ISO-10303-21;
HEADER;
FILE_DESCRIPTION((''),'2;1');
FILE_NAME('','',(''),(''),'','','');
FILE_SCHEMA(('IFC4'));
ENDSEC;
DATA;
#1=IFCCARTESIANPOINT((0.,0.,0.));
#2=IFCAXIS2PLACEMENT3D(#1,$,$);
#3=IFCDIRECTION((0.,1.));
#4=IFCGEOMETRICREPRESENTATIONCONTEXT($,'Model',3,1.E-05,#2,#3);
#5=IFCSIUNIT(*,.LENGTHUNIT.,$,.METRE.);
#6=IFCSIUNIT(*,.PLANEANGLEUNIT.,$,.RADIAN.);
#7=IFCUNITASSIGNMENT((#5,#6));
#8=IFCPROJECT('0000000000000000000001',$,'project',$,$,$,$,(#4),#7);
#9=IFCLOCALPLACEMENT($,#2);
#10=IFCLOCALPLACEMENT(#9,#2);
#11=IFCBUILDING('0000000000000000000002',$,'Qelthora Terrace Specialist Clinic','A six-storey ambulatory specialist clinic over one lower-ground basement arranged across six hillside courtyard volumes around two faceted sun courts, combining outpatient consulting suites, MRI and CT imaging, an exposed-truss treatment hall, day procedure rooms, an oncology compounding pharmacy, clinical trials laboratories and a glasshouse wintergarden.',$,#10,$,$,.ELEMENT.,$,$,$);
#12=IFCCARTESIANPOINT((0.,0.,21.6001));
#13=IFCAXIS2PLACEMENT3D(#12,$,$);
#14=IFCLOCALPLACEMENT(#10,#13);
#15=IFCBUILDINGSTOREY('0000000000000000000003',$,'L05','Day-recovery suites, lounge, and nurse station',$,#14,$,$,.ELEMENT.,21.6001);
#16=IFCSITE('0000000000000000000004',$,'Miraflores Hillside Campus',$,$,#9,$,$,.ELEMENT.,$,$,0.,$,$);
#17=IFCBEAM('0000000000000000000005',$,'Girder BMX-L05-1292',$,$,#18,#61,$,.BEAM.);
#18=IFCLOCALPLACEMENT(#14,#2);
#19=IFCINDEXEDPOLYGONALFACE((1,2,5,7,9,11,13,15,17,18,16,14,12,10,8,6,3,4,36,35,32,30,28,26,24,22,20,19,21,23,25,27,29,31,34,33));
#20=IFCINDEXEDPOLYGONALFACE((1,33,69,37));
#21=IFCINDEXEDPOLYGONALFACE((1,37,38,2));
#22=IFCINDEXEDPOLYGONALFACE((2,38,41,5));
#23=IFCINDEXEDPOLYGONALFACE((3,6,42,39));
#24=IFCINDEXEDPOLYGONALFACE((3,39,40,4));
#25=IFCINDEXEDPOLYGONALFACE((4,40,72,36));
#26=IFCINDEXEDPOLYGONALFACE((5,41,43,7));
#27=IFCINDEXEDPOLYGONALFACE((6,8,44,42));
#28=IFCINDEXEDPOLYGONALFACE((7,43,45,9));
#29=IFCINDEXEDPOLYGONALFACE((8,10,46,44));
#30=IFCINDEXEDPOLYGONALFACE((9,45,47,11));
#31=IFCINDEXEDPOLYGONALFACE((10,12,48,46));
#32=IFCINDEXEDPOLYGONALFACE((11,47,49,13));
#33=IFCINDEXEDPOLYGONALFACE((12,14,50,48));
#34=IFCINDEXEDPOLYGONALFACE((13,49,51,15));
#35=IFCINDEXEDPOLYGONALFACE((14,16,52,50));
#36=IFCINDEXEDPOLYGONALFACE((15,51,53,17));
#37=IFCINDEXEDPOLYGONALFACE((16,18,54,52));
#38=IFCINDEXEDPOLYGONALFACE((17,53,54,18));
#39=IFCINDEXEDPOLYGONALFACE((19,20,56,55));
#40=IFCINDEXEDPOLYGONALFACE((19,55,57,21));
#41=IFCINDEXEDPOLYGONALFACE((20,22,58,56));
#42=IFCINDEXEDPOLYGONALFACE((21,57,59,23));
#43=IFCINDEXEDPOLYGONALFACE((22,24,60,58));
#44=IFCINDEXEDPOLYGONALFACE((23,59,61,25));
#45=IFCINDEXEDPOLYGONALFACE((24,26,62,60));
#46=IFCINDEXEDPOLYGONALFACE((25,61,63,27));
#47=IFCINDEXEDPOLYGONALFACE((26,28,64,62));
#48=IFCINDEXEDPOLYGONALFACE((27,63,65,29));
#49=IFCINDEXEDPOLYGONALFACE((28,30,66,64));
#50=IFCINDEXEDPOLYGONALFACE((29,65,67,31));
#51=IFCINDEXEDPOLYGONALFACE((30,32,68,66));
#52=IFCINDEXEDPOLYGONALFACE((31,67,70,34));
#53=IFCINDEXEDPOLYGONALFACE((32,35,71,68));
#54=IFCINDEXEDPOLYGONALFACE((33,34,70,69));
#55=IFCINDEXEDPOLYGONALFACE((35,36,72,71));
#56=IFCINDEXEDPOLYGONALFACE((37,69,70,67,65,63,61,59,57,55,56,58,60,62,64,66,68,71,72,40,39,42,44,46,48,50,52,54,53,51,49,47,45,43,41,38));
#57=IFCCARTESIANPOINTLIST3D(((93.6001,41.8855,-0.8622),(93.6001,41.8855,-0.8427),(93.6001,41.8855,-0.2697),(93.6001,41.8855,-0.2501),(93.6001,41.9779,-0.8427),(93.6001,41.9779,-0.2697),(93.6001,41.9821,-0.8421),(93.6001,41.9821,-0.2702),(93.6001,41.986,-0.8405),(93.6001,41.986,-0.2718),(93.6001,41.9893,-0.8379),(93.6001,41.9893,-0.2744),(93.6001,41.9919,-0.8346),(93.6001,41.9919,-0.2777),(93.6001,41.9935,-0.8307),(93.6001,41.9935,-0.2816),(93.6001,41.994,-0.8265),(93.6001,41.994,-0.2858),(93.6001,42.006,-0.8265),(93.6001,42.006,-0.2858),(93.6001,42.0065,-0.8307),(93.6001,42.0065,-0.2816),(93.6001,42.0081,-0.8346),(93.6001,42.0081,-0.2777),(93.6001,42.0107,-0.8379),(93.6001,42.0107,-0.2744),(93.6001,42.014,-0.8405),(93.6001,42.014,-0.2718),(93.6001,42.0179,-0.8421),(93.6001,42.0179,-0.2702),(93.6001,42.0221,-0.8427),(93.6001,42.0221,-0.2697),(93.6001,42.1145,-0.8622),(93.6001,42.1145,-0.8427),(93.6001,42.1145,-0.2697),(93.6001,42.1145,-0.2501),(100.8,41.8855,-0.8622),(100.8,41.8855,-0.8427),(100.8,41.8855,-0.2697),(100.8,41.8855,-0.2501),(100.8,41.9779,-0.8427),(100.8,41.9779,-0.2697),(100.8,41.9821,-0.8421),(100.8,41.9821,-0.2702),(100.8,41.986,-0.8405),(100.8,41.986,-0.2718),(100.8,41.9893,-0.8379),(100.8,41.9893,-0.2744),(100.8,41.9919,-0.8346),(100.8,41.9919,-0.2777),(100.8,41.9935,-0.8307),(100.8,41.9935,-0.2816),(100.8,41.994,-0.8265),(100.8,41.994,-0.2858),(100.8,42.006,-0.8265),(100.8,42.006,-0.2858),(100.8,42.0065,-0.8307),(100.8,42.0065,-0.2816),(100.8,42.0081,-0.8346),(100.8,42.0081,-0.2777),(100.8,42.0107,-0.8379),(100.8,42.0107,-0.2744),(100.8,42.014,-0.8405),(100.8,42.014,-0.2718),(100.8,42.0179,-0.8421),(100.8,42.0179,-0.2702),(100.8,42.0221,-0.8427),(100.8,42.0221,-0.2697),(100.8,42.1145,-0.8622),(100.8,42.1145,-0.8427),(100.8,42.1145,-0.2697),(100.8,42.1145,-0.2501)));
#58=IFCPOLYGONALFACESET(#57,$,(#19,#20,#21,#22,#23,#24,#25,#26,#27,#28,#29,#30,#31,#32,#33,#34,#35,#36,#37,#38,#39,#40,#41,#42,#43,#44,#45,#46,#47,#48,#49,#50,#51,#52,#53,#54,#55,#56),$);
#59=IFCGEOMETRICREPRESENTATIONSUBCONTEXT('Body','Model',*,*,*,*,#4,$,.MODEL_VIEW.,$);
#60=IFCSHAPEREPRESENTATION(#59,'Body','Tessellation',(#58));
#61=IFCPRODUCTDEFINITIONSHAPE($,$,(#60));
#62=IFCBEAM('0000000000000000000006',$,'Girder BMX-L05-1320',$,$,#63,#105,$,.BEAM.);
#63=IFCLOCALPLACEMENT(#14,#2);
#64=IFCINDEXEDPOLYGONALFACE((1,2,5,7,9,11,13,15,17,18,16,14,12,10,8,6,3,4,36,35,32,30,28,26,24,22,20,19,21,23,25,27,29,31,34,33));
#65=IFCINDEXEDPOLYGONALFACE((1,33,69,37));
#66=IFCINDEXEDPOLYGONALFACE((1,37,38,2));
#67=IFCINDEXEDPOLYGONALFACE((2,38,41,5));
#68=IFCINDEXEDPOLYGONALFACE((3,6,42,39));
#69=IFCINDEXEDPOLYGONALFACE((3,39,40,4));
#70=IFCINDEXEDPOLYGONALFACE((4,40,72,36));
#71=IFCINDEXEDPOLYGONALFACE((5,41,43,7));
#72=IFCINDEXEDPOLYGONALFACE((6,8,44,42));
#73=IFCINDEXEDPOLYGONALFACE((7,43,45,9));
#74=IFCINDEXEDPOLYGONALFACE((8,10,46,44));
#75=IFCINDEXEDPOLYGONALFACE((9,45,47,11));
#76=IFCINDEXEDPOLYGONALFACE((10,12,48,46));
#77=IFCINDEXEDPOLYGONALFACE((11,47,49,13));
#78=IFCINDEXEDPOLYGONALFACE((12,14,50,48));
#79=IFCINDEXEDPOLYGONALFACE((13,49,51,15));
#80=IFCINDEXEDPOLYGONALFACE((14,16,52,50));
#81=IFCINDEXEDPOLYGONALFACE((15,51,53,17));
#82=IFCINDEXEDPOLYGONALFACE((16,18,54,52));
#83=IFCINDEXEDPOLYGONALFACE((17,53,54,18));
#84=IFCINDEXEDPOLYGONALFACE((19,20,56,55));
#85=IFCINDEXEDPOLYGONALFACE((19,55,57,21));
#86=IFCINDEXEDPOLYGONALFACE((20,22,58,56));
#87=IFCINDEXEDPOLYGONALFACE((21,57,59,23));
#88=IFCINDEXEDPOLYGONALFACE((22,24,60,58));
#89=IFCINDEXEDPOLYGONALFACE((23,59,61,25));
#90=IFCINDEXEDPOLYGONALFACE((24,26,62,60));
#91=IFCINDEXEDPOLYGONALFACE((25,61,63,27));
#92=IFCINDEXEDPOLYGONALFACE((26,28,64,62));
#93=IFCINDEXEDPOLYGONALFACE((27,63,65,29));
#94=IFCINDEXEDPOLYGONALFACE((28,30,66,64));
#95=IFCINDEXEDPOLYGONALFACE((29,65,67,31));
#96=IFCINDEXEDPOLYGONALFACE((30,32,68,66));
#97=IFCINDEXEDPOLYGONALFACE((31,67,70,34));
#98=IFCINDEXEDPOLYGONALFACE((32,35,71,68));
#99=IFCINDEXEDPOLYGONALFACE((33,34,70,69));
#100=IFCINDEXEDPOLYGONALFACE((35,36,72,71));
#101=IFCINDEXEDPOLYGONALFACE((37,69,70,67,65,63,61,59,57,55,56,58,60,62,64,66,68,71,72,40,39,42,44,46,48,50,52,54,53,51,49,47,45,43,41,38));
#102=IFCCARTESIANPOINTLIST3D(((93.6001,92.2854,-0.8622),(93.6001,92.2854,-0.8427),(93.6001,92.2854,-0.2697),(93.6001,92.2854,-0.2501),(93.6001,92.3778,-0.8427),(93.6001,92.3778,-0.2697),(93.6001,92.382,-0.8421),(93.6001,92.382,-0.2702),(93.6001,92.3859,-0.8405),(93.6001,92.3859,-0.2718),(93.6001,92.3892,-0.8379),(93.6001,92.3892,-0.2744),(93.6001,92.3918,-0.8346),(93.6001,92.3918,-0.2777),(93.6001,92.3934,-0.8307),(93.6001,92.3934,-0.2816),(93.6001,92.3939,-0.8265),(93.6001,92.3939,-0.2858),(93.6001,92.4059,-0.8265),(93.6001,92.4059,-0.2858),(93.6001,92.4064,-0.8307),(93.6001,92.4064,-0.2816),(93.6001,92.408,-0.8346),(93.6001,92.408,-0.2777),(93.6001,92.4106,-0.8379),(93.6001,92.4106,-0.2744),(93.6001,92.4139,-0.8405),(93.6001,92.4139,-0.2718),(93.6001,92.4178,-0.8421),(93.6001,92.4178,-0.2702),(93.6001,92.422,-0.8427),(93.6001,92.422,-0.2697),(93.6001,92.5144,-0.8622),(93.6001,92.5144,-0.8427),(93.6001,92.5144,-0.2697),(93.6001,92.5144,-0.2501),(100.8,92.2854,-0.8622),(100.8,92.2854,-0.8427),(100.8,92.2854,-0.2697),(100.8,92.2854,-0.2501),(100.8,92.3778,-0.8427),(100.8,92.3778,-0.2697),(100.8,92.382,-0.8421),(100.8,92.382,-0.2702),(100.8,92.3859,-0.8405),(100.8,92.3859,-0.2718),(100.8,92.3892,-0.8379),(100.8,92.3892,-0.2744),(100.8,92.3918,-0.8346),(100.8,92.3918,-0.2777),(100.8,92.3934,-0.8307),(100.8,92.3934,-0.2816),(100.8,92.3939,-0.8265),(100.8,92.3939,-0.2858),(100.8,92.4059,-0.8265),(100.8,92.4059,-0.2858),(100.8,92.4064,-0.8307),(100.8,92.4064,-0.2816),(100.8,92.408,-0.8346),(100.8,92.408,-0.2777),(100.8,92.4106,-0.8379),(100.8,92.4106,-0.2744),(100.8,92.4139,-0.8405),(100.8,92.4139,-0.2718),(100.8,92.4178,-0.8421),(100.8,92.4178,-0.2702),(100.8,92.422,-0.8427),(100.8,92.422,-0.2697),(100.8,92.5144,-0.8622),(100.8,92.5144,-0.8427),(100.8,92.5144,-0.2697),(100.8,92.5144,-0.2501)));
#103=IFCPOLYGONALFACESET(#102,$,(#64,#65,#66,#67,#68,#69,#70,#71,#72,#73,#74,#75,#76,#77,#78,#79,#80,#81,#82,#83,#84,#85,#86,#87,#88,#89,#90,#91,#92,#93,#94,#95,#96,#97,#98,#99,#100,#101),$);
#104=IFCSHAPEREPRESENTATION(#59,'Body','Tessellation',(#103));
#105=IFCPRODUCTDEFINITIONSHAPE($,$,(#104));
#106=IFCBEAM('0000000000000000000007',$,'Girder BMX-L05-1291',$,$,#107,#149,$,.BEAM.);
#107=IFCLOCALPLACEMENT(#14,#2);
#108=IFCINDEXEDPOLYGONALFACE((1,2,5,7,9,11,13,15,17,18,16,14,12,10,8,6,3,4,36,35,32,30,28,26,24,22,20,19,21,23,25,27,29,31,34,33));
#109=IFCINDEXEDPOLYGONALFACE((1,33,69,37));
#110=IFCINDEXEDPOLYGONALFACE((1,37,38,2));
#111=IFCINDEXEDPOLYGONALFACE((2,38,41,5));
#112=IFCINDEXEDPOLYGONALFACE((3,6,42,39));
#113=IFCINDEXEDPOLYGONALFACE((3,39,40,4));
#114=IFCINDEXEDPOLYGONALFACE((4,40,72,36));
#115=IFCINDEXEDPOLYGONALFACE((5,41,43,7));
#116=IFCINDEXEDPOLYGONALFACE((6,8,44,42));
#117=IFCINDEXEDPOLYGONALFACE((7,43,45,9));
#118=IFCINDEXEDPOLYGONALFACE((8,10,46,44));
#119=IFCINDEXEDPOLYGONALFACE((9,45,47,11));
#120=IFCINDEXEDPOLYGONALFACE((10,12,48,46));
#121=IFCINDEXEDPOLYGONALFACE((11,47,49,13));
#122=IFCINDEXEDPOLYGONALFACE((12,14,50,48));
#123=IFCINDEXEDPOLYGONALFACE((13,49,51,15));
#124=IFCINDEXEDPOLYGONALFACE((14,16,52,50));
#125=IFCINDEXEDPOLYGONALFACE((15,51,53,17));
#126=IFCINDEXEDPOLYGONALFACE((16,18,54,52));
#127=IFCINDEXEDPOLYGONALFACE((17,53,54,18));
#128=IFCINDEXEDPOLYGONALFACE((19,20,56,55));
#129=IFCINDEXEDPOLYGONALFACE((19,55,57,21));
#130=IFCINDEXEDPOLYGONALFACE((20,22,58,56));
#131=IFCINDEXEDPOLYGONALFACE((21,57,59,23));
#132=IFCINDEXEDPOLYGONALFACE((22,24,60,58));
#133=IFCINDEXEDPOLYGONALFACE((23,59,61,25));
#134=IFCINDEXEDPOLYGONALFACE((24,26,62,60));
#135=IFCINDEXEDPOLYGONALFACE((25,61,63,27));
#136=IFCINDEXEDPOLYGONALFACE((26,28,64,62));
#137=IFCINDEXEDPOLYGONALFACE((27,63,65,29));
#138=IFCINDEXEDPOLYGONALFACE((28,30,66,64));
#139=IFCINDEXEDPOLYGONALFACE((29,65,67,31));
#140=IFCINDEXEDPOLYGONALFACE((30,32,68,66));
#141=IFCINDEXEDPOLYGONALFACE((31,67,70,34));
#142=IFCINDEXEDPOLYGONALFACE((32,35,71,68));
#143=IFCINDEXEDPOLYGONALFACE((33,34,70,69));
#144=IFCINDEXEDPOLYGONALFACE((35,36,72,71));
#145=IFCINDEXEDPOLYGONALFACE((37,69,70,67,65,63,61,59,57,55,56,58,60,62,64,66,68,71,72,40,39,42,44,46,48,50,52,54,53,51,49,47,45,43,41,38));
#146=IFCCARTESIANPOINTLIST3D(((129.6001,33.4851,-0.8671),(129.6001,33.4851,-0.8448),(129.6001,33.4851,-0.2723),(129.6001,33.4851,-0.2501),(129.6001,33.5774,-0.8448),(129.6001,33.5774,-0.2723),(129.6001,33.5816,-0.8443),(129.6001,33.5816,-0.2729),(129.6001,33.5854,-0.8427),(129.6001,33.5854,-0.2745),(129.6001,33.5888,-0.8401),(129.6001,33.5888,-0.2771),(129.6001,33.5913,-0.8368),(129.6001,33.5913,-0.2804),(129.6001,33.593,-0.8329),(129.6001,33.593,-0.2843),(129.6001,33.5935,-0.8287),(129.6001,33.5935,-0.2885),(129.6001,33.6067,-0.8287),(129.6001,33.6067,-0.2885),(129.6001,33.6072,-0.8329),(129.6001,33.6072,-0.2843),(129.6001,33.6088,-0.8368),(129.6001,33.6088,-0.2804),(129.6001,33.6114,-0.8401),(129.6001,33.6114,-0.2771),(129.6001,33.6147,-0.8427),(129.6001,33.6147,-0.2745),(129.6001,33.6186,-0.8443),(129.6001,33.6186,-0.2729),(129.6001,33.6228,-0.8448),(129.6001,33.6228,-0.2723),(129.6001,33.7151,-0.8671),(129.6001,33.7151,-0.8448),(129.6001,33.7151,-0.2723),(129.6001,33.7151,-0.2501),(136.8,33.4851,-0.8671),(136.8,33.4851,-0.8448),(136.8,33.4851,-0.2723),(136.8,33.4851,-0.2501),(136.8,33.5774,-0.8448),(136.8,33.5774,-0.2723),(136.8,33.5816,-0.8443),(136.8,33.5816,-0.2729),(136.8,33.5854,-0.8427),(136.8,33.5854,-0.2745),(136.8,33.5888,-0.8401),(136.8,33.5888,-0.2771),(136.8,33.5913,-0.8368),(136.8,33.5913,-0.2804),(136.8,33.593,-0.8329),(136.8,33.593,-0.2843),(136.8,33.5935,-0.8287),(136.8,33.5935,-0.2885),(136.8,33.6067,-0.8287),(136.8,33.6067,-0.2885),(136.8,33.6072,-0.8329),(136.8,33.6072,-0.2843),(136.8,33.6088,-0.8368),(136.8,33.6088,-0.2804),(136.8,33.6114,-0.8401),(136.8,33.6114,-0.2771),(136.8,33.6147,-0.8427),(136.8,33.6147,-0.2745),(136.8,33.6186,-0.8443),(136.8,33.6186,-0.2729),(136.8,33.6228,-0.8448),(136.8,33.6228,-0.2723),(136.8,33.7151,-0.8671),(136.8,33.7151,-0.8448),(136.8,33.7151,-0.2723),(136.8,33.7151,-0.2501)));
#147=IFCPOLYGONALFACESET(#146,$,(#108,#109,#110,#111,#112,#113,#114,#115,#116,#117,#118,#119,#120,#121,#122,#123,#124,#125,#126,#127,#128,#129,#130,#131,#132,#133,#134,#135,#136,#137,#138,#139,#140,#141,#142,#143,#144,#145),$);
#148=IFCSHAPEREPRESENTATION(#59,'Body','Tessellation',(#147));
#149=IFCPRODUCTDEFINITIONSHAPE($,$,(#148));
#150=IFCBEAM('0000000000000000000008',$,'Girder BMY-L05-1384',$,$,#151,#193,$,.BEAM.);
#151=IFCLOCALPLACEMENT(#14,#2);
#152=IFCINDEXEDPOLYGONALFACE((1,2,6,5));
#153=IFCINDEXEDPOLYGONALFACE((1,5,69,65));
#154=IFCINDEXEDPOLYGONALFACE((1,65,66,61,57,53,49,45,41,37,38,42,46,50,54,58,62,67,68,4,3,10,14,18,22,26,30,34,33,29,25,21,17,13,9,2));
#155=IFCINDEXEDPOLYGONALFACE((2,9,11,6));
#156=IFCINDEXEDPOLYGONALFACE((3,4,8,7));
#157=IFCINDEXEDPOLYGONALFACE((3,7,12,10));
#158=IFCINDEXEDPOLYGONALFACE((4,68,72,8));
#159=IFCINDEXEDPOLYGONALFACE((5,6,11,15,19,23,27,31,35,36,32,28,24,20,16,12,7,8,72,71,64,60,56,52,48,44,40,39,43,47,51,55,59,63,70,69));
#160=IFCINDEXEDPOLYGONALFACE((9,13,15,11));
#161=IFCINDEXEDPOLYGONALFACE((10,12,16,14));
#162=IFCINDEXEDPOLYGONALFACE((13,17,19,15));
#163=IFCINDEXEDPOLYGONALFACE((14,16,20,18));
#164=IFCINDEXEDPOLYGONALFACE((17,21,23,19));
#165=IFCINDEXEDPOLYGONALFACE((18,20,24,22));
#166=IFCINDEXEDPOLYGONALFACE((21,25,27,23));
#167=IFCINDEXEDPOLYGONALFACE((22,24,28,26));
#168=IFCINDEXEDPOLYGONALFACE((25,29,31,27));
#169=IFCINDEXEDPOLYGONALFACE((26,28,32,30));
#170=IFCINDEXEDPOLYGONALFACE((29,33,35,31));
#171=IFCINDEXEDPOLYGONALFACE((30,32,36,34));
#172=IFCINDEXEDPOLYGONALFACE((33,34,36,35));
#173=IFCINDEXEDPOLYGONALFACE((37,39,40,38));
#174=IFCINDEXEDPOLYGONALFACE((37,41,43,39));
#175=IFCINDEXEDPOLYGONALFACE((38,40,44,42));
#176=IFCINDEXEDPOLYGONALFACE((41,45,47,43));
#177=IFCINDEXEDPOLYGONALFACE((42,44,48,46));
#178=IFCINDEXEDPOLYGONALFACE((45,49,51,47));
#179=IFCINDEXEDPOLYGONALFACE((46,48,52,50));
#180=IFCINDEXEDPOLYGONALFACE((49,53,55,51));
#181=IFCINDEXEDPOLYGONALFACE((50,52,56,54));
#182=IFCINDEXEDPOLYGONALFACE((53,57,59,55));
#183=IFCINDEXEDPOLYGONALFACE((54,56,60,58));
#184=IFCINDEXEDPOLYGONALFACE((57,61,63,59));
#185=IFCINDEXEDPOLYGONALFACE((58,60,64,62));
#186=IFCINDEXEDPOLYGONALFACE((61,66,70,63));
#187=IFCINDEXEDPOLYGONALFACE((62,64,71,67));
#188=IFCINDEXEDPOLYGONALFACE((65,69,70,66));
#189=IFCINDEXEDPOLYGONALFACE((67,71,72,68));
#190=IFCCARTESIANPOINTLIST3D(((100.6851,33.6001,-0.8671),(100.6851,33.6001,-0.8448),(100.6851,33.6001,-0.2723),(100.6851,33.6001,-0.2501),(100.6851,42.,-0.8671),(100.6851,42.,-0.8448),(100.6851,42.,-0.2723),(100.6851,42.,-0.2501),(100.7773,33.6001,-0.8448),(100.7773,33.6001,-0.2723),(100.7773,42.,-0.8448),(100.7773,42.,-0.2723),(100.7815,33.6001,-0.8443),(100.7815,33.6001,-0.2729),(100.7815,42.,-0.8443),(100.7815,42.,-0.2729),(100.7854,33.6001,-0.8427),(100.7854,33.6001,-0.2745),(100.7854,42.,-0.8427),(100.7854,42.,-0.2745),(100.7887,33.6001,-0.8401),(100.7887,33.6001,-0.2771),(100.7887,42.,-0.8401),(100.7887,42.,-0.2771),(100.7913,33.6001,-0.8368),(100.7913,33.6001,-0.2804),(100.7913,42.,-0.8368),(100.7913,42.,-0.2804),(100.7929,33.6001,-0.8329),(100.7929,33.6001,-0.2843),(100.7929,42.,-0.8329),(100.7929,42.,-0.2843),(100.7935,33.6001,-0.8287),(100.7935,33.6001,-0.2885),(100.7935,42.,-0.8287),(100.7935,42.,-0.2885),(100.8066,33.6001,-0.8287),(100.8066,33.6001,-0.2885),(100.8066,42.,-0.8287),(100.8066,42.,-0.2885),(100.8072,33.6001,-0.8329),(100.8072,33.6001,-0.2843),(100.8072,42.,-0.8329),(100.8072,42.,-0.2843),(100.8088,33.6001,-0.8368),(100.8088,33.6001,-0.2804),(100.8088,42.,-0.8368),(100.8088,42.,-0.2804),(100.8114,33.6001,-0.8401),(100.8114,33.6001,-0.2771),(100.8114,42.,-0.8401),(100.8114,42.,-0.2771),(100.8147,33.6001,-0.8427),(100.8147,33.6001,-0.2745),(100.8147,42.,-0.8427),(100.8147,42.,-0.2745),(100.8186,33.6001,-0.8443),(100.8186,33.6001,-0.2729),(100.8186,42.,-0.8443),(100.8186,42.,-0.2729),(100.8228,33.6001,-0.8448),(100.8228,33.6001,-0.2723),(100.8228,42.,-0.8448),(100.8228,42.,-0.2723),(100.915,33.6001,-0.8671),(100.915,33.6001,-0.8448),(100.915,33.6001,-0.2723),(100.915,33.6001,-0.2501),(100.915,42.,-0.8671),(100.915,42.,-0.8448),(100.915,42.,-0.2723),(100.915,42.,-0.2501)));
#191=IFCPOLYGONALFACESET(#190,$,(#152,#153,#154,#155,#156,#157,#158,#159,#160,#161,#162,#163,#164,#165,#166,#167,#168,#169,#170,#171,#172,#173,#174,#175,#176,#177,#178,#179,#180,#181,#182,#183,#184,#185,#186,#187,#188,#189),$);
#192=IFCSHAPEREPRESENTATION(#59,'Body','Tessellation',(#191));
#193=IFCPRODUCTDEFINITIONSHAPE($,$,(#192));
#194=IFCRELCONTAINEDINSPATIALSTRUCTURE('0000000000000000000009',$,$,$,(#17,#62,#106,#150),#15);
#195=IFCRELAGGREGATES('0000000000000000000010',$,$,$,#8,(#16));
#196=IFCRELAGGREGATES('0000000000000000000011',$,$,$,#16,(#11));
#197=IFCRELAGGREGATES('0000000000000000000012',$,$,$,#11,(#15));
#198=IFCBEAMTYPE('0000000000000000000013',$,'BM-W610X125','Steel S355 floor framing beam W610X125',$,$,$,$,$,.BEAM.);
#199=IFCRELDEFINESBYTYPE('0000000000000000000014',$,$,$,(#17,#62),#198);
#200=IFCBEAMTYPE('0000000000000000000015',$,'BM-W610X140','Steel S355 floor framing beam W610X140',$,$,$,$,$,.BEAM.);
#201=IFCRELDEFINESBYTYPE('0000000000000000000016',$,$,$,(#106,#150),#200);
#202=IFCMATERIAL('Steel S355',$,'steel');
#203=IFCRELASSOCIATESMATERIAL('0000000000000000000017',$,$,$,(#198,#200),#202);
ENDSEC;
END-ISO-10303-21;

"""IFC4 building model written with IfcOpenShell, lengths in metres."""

from ifc_helpers import new_model, si_unit, direction, frame, origin, origin_2d, place, context, subcontext, project, spatial, i_section, extrude, material, material_profile, profile_set, type_object, element, save


model = new_model("IFC4")

# Units and contexts
model_context = context("Model", 3, precision=1e-05, world=origin(), true_north=direction((0.0, 1.0)))
body_context = subcontext(model_context, "Body", "Model", "MODEL_VIEW")
ifc_project = project(units=[si_unit("LENGTHUNIT", "METRE"), si_unit("PLANEANGLEUNIT", "RADIAN")], contexts=[model_context])

# Site, building, storey
site_placement = place(None, origin())
site = spatial("IfcSite", under=ifc_project, at=site_placement, Name="Miraflores Hillside Campus", CompositionType="ELEMENT", RefElevation=0.0)
building_placement = place(site_placement, origin())
building = spatial("IfcBuilding", under=site, at=building_placement, Name="Qelthora Terrace Specialist Clinic", Description="A six-storey ambulatory specialist clinic over one lower-ground basement arranged across six hillside courtyard volumes around two faceted sun courts, combining outpatient consulting suites, MRI and CT imaging, an exposed-truss treatment hall, day procedure rooms, an oncology compounding pharmacy, clinical trials laboratories and a glasshouse wintergarden.", CompositionType="ELEMENT")
storey_placement = place(building_placement, frame((0.0, 0.0, 21.6001)))
storey = spatial("IfcBuildingStorey", under=building, at=storey_placement, Name="L05", Description="Day-recovery suites, lounge, and nurse station", CompositionType="ELEMENT", Elevation=21.6001)

# Beams
ifc_material = material(Name="Steel S355", Category="steel")
ifc_material_profile_1 = material_profile(ifc_material, i_section(OverallWidth=0.229, OverallDepth=0.6121, WebThickness=0.012, FlangeThickness=0.0195, FilletRadius=0.0161, at=origin_2d()), Name="W610X125")
ifc_profile_set_1 = profile_set([ifc_material_profile_1], Name="Steel S355")
beam_type_1 = type_object("IfcBeamType", Name="BM-W610X125", Description="Steel S355 floor framing beam W610X125", PredefinedType="BEAM", material=ifc_profile_set_1)
for number, where, z_axis, x_axis, name in (
    (1, (93.6001, 42.0, -0.5562), (1.0, 0.0, 0.0), (0.0, 1.0, 0.0), "Girder BMX-L05-1292"),
    (2, (93.6001, 92.3999, -0.5562), (1.0, 0.0, 0.0), (0.0, 1.0, 0.0), "Girder BMX-L05-1320"),
):
    element("IfcBeam", number, at=place(storey_placement, frame(where, z_axis=z_axis, x_axis=x_axis)), inside=storey, type_object=beam_type_1, Name=name, PredefinedType="BEAM", context=body_context, shape_type="SweptSolid", body=[
        extrude(i_section(OverallWidth=0.229, OverallDepth=0.6121, WebThickness=0.012, FlangeThickness=0.0195, FilletRadius=0.0161, at=origin_2d()), origin(), (0.0, 0.0, 1.0), 7.2),
    ])
ifc_material_profile_2 = material_profile(ifc_material, i_section(OverallWidth=0.23, OverallDepth=0.6169, WebThickness=0.0132, FlangeThickness=0.0222, FilletRadius=0.0161, at=origin_2d()), Name="W610X140")
ifc_profile_set_2 = profile_set([ifc_material_profile_2], Name="Steel S355")
beam_type_2 = type_object("IfcBeamType", Name="BM-W610X140", Description="Steel S355 floor framing beam W610X140", PredefinedType="BEAM", material=ifc_profile_set_2)
beam_1_placement = place(storey_placement, frame((129.6001, 33.6001, -0.5586), z_axis=(1.0, 0.0, 0.0), x_axis=(0.0, 1.0, 0.0)))
element("IfcBeam", 3, at=beam_1_placement, inside=storey, type_object=beam_type_2, Name="Girder BMX-L05-1291", PredefinedType="BEAM", context=body_context, shape_type="SweptSolid", body=[
    extrude(i_section(OverallWidth=0.23, OverallDepth=0.6169, WebThickness=0.0132, FlangeThickness=0.0222, FilletRadius=0.0161, at=origin_2d()), origin(), (0.0, 0.0, 1.0), 7.2),
])
beam_2_placement = place(storey_placement, frame((100.8, 33.6001, -0.5586), z_axis=(0.0, 1.0, 0.0), x_axis=(-1.0, 0.0, 0.0)))
element("IfcBeam", 4, at=beam_2_placement, inside=storey, type_object=beam_type_2, Name="Girder BMY-L05-1384", PredefinedType="BEAM", context=body_context, shape_type="SweptSolid", body=[
    extrude(i_section(OverallWidth=0.23, OverallDepth=0.6169, WebThickness=0.0132, FlangeThickness=0.0222, FilletRadius=0.0161, at=origin_2d()), origin(), (0.0, 0.0, 1.0), 8.3999),
])

save(model, "model.ifc")
